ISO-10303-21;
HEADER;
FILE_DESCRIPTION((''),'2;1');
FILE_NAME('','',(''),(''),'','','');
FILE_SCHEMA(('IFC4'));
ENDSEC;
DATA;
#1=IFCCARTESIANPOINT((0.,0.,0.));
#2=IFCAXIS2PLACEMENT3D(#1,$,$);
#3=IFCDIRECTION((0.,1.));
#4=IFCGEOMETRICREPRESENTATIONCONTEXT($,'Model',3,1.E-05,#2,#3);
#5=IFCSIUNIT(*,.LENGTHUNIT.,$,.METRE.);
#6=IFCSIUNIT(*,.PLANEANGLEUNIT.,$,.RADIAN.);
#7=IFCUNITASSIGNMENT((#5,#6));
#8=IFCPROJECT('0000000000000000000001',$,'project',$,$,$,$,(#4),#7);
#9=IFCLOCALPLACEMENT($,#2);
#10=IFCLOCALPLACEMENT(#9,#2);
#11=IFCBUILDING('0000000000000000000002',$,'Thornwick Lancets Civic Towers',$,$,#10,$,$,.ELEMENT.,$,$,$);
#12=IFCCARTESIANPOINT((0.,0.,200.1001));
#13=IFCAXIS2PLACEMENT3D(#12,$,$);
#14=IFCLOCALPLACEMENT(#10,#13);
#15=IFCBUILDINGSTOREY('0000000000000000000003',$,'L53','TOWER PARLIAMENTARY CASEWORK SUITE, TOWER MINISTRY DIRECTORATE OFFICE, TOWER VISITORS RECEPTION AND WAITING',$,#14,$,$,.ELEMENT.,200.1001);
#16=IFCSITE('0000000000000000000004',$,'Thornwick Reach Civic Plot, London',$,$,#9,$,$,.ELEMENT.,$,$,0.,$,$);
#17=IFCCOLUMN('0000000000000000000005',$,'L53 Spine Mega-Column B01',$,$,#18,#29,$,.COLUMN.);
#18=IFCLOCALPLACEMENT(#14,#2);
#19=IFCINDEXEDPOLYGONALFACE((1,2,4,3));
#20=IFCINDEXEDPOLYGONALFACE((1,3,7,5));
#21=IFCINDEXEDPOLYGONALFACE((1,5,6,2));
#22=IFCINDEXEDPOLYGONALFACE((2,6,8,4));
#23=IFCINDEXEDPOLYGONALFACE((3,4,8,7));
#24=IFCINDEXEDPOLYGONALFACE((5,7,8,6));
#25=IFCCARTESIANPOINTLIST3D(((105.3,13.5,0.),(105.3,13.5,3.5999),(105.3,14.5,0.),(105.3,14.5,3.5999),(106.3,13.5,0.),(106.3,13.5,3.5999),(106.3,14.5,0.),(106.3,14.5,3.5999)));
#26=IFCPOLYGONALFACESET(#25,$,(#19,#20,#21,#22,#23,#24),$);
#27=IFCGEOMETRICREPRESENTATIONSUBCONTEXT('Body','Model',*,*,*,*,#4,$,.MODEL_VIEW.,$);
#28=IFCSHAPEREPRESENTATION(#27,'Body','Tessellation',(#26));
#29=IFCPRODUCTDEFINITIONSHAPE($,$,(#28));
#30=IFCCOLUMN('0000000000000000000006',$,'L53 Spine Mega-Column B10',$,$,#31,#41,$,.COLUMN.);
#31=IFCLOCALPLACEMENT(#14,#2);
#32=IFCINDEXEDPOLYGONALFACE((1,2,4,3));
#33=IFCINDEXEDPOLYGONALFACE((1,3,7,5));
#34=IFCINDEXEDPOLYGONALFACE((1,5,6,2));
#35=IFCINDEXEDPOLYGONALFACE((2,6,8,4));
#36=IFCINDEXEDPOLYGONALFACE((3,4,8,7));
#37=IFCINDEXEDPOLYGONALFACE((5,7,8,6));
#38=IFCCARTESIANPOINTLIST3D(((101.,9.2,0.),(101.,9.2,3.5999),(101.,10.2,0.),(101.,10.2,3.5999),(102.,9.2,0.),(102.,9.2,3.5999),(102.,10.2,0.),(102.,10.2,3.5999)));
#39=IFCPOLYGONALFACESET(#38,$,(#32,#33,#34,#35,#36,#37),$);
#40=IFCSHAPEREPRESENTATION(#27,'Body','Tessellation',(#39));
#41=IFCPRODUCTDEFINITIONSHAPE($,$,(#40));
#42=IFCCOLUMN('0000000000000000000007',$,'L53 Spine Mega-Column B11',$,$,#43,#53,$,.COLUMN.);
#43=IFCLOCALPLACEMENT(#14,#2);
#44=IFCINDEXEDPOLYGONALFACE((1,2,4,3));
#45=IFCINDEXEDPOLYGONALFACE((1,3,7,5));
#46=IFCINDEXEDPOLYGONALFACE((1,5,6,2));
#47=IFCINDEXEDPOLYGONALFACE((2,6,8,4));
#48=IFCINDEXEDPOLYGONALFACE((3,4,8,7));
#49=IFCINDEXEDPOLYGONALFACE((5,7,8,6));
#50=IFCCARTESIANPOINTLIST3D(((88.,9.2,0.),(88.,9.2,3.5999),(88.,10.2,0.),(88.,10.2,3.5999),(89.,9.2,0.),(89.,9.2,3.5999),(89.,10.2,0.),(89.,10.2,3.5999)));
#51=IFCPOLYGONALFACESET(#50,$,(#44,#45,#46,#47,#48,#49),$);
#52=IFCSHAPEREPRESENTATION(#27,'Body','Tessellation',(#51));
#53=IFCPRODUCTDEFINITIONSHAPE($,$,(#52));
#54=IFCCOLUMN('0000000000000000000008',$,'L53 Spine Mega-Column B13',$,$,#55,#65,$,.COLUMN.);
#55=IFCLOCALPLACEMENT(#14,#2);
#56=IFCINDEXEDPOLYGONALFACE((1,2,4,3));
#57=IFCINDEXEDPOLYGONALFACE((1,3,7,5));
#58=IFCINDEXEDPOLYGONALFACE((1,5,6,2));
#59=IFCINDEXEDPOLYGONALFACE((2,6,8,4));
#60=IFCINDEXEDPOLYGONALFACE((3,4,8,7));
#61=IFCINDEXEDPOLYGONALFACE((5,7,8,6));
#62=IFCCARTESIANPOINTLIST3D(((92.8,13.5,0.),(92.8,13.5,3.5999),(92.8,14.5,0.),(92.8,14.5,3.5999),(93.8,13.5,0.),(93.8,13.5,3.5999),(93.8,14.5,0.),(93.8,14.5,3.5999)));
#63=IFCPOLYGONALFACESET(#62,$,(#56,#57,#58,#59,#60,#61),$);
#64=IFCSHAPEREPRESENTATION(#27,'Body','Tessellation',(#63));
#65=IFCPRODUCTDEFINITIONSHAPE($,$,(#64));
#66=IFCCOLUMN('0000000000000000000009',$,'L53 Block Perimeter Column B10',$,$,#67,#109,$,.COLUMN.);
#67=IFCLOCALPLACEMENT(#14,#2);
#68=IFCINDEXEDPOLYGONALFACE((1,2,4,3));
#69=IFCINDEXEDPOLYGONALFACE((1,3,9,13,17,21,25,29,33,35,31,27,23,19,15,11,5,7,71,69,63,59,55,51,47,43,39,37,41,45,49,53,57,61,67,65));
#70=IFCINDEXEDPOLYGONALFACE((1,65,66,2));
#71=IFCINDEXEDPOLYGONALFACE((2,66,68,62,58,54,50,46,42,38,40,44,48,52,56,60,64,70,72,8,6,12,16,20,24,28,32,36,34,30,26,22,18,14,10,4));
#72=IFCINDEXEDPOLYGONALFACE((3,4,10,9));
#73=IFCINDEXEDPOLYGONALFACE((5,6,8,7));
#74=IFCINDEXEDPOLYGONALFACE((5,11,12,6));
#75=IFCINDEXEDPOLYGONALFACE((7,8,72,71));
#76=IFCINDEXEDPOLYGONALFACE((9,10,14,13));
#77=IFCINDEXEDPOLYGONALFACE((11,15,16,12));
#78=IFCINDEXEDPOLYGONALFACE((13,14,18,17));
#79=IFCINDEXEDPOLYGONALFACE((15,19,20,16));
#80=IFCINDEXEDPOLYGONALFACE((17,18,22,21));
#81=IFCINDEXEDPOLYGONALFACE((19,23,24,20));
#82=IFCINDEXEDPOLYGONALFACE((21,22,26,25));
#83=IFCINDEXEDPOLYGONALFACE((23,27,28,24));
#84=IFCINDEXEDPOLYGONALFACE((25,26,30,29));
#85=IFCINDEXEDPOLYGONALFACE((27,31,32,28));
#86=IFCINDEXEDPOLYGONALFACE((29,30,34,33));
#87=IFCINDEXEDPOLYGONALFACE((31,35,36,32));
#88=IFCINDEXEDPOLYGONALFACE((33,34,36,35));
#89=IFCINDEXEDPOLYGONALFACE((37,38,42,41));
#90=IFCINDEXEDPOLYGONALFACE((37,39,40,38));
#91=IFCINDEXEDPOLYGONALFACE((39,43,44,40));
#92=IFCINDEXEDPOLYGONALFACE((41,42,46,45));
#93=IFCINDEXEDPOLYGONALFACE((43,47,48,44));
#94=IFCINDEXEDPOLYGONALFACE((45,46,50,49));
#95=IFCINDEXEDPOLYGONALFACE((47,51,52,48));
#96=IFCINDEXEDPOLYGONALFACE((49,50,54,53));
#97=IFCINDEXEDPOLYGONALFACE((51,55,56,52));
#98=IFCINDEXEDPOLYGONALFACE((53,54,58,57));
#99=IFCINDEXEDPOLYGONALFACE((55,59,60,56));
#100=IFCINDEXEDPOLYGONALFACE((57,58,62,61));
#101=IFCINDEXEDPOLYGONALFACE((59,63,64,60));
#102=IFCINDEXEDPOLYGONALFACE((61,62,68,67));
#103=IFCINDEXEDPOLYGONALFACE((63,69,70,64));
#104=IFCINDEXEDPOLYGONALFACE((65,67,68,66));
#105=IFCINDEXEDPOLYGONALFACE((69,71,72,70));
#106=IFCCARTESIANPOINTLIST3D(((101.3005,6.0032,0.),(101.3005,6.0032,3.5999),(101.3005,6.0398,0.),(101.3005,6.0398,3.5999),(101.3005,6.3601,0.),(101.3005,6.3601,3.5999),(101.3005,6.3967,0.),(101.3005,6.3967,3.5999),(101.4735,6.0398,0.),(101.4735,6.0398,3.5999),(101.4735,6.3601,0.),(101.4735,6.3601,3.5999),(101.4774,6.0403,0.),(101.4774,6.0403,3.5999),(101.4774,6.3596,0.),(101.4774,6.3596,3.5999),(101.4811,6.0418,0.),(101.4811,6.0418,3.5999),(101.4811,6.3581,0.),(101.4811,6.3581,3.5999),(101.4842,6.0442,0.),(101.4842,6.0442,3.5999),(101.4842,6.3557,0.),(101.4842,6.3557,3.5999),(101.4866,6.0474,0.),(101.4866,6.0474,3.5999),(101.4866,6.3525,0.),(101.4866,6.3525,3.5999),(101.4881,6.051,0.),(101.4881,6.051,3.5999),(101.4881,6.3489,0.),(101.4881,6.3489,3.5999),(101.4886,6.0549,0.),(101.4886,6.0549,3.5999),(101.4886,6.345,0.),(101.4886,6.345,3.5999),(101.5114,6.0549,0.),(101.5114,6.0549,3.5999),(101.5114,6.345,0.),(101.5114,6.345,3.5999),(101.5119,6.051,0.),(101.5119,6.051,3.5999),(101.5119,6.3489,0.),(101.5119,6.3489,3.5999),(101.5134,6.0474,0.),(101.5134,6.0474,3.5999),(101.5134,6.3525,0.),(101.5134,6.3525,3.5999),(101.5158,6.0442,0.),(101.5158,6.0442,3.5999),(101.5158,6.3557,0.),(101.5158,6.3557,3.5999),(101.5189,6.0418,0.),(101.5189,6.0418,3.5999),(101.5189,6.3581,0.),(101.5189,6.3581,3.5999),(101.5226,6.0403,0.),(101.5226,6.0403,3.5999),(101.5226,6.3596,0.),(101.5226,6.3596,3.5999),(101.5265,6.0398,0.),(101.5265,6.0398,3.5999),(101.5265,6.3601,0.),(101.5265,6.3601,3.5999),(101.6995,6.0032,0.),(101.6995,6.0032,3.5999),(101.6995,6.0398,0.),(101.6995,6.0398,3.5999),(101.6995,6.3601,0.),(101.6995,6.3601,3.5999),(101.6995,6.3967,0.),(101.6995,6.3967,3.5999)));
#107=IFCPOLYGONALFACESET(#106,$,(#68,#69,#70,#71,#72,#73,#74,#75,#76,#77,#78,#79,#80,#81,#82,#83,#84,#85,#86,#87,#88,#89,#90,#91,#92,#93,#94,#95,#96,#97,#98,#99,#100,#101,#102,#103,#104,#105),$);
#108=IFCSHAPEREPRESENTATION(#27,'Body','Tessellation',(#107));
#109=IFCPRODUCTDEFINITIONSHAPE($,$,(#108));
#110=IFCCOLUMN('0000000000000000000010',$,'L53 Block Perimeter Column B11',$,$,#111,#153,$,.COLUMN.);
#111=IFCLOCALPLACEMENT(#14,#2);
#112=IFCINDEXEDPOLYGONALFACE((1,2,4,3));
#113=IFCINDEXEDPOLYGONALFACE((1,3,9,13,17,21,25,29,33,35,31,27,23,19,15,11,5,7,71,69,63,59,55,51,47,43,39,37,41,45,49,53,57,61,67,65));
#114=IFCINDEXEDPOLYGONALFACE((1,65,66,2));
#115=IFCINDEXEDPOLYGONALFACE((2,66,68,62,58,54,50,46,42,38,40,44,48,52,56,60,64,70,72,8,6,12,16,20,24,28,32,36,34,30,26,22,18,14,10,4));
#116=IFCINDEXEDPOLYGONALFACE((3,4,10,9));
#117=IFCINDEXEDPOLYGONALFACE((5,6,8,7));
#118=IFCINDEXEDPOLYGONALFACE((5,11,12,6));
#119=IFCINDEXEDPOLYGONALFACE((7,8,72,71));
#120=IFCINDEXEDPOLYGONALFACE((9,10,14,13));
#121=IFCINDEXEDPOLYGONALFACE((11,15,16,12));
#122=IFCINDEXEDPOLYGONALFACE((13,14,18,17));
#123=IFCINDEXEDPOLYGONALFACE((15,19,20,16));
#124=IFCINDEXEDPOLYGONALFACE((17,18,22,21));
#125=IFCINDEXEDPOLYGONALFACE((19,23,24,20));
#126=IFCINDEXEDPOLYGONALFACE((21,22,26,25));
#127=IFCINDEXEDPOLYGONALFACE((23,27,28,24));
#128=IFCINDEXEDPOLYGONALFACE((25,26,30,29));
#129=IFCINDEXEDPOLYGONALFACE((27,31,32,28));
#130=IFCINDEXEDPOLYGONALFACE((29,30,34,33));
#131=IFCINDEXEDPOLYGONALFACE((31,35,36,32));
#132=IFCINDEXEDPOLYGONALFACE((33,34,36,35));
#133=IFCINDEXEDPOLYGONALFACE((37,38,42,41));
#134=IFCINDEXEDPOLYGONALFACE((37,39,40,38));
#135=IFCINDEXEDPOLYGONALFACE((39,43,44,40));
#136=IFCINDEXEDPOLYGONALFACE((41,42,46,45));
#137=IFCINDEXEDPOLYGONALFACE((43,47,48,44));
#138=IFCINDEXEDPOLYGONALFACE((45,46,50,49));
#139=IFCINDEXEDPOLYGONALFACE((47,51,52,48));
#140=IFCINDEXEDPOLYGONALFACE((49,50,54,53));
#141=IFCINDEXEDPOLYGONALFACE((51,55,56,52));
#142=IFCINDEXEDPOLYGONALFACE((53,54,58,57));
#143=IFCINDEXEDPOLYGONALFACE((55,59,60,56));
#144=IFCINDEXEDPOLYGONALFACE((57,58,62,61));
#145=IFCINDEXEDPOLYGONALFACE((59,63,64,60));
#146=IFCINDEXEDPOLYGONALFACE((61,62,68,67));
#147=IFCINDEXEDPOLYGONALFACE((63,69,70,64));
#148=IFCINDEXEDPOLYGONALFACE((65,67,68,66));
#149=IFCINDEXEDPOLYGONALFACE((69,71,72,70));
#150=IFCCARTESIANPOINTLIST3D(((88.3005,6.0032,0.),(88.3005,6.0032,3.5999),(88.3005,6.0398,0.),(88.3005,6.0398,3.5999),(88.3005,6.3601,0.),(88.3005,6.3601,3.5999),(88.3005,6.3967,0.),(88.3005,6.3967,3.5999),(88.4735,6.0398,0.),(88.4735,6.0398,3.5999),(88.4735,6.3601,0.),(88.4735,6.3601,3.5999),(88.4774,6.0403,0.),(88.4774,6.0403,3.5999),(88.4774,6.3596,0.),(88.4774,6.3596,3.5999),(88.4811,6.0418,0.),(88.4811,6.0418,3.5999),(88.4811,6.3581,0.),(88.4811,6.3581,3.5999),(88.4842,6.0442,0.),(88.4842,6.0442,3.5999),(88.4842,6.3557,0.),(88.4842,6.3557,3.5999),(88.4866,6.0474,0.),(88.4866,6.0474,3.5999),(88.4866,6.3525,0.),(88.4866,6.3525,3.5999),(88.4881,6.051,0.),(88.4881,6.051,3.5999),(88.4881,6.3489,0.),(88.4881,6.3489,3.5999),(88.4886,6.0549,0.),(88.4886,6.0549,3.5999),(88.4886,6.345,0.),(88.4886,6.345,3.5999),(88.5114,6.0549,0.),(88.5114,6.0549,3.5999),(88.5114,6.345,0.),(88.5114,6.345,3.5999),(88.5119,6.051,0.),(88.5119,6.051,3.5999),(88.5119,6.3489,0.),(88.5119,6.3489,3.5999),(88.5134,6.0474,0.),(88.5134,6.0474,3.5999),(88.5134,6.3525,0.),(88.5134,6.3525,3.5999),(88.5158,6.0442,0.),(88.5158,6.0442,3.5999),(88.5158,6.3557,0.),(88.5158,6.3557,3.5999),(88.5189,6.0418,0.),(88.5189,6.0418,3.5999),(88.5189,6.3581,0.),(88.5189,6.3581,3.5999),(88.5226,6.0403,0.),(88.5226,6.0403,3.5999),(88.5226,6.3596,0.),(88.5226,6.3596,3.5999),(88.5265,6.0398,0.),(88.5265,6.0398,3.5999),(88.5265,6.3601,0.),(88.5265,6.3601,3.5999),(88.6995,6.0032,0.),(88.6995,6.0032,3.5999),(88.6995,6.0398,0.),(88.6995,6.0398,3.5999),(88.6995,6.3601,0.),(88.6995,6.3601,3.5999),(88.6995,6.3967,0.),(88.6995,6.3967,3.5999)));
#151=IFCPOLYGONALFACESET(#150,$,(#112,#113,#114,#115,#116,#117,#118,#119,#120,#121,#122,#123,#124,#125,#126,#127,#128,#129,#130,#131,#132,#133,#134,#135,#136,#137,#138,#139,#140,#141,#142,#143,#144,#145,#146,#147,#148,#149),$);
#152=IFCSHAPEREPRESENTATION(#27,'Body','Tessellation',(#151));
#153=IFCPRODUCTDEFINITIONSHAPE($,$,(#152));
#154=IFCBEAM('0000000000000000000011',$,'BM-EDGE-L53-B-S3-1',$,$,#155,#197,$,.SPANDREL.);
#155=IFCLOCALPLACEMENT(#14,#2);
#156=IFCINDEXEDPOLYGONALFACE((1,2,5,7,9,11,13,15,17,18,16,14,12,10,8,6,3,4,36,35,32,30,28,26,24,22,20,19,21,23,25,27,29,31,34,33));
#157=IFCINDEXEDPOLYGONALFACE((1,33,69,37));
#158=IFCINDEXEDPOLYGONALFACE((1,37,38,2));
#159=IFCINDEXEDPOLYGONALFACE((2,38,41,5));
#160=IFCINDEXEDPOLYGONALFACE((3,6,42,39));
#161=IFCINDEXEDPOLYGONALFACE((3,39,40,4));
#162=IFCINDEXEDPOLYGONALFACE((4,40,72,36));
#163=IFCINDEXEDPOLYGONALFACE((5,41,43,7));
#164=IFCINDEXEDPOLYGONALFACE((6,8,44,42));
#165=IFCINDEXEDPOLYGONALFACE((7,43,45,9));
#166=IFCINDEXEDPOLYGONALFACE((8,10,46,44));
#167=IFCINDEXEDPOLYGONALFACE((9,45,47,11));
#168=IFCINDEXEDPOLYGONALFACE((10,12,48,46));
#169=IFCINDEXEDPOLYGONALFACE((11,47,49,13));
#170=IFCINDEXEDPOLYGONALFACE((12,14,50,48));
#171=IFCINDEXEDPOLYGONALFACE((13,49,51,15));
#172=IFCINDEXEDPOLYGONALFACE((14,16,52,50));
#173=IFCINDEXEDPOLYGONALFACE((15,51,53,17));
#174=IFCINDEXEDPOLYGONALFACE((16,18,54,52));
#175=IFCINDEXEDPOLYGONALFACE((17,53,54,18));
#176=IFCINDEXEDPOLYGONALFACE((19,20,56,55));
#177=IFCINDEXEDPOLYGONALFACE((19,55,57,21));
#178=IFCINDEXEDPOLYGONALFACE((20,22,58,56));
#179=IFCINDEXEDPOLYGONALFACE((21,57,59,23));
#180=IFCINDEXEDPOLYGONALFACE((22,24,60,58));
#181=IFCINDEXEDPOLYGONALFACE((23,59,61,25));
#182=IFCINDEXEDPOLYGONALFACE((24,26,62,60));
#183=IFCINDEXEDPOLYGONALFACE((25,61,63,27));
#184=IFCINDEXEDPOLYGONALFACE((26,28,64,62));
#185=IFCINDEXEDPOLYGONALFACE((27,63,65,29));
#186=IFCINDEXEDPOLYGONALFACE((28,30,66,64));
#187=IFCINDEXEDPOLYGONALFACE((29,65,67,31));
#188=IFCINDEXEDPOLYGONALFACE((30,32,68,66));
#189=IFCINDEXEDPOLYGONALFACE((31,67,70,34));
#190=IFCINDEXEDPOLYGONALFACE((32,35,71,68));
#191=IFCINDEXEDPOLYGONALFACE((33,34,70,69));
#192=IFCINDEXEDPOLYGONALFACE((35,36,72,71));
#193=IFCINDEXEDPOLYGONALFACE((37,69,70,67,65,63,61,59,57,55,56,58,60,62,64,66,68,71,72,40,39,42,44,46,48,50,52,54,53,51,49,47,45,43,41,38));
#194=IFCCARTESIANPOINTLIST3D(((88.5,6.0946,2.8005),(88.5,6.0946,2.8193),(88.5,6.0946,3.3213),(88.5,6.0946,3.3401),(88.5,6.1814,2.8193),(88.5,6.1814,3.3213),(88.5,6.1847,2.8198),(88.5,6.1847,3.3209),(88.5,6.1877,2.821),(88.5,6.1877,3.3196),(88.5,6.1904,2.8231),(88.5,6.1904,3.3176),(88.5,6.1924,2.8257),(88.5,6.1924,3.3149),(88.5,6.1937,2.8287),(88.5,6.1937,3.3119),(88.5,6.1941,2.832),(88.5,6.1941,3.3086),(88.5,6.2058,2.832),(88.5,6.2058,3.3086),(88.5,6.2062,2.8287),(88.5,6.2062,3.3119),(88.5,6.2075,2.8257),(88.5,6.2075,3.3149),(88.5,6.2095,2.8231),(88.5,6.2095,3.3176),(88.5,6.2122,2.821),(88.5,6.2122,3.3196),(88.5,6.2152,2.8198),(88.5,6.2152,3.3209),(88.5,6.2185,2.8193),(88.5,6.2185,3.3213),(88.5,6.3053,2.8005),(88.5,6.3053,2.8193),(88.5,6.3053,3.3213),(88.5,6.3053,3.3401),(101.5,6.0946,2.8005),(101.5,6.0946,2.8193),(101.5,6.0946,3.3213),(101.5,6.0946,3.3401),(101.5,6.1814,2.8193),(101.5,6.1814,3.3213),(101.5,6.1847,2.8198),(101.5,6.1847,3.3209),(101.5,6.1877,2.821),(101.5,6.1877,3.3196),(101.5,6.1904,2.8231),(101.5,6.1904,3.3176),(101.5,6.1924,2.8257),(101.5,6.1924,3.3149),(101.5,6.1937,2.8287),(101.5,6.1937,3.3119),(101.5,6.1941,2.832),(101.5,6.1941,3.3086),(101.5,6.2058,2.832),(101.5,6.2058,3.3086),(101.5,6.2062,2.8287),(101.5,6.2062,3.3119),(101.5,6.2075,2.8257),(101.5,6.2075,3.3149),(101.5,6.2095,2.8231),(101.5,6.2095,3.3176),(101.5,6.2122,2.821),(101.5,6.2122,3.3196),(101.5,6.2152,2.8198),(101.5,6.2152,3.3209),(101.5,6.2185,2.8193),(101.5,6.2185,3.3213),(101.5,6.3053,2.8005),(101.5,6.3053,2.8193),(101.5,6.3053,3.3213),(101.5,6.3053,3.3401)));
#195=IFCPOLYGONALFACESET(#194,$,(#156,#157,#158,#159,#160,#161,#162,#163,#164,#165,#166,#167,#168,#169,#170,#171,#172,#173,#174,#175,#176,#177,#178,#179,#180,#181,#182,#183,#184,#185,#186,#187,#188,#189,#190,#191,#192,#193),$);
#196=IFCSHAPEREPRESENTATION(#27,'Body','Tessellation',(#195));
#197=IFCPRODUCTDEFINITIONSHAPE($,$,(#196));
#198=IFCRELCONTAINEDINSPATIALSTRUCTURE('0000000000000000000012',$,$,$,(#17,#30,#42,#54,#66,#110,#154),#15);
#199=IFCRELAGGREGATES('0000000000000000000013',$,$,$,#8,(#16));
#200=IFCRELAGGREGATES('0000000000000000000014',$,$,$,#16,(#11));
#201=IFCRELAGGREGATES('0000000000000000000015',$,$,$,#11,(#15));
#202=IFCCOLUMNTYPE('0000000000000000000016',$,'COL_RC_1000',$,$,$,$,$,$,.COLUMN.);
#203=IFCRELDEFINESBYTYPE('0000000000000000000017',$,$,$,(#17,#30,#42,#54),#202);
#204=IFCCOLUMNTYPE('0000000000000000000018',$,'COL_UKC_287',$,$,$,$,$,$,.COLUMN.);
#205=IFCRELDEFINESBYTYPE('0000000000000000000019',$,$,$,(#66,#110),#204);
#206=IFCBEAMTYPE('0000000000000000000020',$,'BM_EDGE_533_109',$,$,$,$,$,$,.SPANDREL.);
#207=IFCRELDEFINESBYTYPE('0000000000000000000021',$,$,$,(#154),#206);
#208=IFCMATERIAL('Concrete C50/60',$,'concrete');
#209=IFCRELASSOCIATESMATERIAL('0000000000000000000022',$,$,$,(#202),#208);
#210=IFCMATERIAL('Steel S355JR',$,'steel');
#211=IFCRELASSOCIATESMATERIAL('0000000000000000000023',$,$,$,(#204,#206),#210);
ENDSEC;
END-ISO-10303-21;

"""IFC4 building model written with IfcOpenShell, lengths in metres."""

from ifc_helpers import new_model, si_unit, direction, frame, origin, origin_2d, place, context, subcontext, project, spatial, rectangle, i_section, extrude, material, material_profile, profile_set, type_object, element, save


model = new_model("IFC4")

# Units and contexts
model_context = context("Model", 3, precision=1e-05, world=origin(), true_north=direction((0.0, 1.0)))
body_context = subcontext(model_context, "Body", "Model", "MODEL_VIEW")
ifc_project = project(units=[si_unit("LENGTHUNIT", "METRE"), si_unit("PLANEANGLEUNIT", "RADIAN")], contexts=[model_context])

# Site, building, storey
site_placement = place(None, origin())
site = spatial("IfcSite", under=ifc_project, at=site_placement, Name="Thornwick Reach Civic Plot, London", CompositionType="ELEMENT", RefElevation=0.0)
building_placement = place(site_placement, origin())
building = spatial("IfcBuilding", under=site, at=building_placement, Name="Thornwick Lancets Civic Towers", CompositionType="ELEMENT")
storey_placement = place(building_placement, frame((0.0, 0.0, 200.1001)))
storey = spatial("IfcBuildingStorey", under=building, at=storey_placement, Name="L53", Description="TOWER PARLIAMENTARY CASEWORK SUITE, TOWER MINISTRY DIRECTORATE OFFICE, TOWER VISITORS RECEPTION AND WAITING", CompositionType="ELEMENT", Elevation=200.1001)

# Columns
ifc_material_1 = material(Name="Concrete C50/60", Category="concrete")
ifc_material_profile_1 = material_profile(ifc_material_1, rectangle(XDim=1.0, YDim=1.0, at=origin_2d()), Name="RC 1000x1000")
ifc_profile_set_1 = profile_set([ifc_material_profile_1], Name="Concrete C50/60")
column_type_1 = type_object("IfcColumnType", Name="COL_RC_1000", PredefinedType="COLUMN", material=ifc_profile_set_1)
for number, where, z_axis, x_axis, name in (
    (1, (105.8, 14.0, 0.0), (0.0, 0.0, 1.0), (1.0, 0.0, 0.0), "L53 Spine Mega-Column B01"),
    (2, (101.5, 9.7, 0.0), (0.0, 0.0, 1.0), (1.0, 0.0, 0.0), "L53 Spine Mega-Column B10"),
    (3, (88.5, 9.7, 0.0), (0.0, 0.0, 1.0), (1.0, 0.0, 0.0), "L53 Spine Mega-Column B11"),
    (4, (93.3, 14.0, 0.0), (0.0, 0.0, 1.0), (1.0, 0.0, 0.0), "L53 Spine Mega-Column B13"),
):
    element("IfcColumn", number, at=place(storey_placement, frame(where, z_axis=z_axis, x_axis=x_axis)), inside=storey, type_object=column_type_1, Name=name, PredefinedType="COLUMN", context=body_context, shape_type="SweptSolid", body=[
        extrude(rectangle(XDim=1.0, YDim=1.0, at=origin_2d()), origin(), (0.0, 0.0, 1.0), 3.5999),
    ])
ifc_material_2 = material(Name="Steel S355JR", Category="steel")
ifc_material_profile_2 = material_profile(ifc_material_2, i_section(OverallWidth=0.3989, OverallDepth=0.3936, WebThickness=0.0227, FlangeThickness=0.0366, FilletRadius=0.0151, at=origin_2d()), Name="UKC 356x406x287")
ifc_profile_set_2 = profile_set([ifc_material_profile_2], Name="Steel S355JR")
column_type_2 = type_object("IfcColumnType", Name="COL_UKC_287", PredefinedType="COLUMN", material=ifc_profile_set_2)
for number, where, z_axis, x_axis, name in (
    (5, (101.5, 6.2, 0.0), (0.0, 0.0, 1.0), (1.0, 0.0, 0.0), "L53 Block Perimeter Column B10"),
    (6, (88.5, 6.2, 0.0), (0.0, 0.0, 1.0), (1.0, 0.0, 0.0), "L53 Block Perimeter Column B11"),
):
    element("IfcColumn", number, at=place(storey_placement, frame(where, z_axis=z_axis, x_axis=x_axis)), inside=storey, type_object=column_type_2, Name=name, PredefinedType="COLUMN", context=body_context, shape_type="SweptSolid", body=[
        extrude(i_section(OverallWidth=0.3989, OverallDepth=0.3936, WebThickness=0.0227, FlangeThickness=0.0366, FilletRadius=0.0151, at=origin_2d()), origin(), (0.0, 0.0, 1.0), 3.5999),
    ])

# Beam
ifc_material_profile_3 = material_profile(ifc_material_2, i_section(OverallWidth=0.2107, OverallDepth=0.5396, WebThickness=0.0117, FlangeThickness=0.0188, FilletRadius=0.0127, at=origin_2d()), Name="UKB 533x210x109")
ifc_profile_set_3 = profile_set([ifc_material_profile_3], Name="Steel S355JR")
beam_type_1 = type_object("IfcBeamType", Name="BM_EDGE_533_109", PredefinedType="SPANDREL", material=ifc_profile_set_3)
beam_1_placement = place(storey_placement, frame((101.5, 6.2, 3.0703), z_axis=(-1.0, 0.0, 0.0), x_axis=(0.0, -1.0, 0.0)))
element("IfcBeam", 7, at=beam_1_placement, inside=storey, type_object=beam_type_1, Name="BM-EDGE-L53-B-S3-1", PredefinedType="SPANDREL", context=body_context, shape_type="SweptSolid", body=[
    extrude(i_section(OverallWidth=0.2107, OverallDepth=0.5396, WebThickness=0.0117, FlangeThickness=0.0188, FilletRadius=0.0127, at=origin_2d()), origin(), (0.0, 0.0, 1.0), 13.0),
])

save(model, "model.ifc")
